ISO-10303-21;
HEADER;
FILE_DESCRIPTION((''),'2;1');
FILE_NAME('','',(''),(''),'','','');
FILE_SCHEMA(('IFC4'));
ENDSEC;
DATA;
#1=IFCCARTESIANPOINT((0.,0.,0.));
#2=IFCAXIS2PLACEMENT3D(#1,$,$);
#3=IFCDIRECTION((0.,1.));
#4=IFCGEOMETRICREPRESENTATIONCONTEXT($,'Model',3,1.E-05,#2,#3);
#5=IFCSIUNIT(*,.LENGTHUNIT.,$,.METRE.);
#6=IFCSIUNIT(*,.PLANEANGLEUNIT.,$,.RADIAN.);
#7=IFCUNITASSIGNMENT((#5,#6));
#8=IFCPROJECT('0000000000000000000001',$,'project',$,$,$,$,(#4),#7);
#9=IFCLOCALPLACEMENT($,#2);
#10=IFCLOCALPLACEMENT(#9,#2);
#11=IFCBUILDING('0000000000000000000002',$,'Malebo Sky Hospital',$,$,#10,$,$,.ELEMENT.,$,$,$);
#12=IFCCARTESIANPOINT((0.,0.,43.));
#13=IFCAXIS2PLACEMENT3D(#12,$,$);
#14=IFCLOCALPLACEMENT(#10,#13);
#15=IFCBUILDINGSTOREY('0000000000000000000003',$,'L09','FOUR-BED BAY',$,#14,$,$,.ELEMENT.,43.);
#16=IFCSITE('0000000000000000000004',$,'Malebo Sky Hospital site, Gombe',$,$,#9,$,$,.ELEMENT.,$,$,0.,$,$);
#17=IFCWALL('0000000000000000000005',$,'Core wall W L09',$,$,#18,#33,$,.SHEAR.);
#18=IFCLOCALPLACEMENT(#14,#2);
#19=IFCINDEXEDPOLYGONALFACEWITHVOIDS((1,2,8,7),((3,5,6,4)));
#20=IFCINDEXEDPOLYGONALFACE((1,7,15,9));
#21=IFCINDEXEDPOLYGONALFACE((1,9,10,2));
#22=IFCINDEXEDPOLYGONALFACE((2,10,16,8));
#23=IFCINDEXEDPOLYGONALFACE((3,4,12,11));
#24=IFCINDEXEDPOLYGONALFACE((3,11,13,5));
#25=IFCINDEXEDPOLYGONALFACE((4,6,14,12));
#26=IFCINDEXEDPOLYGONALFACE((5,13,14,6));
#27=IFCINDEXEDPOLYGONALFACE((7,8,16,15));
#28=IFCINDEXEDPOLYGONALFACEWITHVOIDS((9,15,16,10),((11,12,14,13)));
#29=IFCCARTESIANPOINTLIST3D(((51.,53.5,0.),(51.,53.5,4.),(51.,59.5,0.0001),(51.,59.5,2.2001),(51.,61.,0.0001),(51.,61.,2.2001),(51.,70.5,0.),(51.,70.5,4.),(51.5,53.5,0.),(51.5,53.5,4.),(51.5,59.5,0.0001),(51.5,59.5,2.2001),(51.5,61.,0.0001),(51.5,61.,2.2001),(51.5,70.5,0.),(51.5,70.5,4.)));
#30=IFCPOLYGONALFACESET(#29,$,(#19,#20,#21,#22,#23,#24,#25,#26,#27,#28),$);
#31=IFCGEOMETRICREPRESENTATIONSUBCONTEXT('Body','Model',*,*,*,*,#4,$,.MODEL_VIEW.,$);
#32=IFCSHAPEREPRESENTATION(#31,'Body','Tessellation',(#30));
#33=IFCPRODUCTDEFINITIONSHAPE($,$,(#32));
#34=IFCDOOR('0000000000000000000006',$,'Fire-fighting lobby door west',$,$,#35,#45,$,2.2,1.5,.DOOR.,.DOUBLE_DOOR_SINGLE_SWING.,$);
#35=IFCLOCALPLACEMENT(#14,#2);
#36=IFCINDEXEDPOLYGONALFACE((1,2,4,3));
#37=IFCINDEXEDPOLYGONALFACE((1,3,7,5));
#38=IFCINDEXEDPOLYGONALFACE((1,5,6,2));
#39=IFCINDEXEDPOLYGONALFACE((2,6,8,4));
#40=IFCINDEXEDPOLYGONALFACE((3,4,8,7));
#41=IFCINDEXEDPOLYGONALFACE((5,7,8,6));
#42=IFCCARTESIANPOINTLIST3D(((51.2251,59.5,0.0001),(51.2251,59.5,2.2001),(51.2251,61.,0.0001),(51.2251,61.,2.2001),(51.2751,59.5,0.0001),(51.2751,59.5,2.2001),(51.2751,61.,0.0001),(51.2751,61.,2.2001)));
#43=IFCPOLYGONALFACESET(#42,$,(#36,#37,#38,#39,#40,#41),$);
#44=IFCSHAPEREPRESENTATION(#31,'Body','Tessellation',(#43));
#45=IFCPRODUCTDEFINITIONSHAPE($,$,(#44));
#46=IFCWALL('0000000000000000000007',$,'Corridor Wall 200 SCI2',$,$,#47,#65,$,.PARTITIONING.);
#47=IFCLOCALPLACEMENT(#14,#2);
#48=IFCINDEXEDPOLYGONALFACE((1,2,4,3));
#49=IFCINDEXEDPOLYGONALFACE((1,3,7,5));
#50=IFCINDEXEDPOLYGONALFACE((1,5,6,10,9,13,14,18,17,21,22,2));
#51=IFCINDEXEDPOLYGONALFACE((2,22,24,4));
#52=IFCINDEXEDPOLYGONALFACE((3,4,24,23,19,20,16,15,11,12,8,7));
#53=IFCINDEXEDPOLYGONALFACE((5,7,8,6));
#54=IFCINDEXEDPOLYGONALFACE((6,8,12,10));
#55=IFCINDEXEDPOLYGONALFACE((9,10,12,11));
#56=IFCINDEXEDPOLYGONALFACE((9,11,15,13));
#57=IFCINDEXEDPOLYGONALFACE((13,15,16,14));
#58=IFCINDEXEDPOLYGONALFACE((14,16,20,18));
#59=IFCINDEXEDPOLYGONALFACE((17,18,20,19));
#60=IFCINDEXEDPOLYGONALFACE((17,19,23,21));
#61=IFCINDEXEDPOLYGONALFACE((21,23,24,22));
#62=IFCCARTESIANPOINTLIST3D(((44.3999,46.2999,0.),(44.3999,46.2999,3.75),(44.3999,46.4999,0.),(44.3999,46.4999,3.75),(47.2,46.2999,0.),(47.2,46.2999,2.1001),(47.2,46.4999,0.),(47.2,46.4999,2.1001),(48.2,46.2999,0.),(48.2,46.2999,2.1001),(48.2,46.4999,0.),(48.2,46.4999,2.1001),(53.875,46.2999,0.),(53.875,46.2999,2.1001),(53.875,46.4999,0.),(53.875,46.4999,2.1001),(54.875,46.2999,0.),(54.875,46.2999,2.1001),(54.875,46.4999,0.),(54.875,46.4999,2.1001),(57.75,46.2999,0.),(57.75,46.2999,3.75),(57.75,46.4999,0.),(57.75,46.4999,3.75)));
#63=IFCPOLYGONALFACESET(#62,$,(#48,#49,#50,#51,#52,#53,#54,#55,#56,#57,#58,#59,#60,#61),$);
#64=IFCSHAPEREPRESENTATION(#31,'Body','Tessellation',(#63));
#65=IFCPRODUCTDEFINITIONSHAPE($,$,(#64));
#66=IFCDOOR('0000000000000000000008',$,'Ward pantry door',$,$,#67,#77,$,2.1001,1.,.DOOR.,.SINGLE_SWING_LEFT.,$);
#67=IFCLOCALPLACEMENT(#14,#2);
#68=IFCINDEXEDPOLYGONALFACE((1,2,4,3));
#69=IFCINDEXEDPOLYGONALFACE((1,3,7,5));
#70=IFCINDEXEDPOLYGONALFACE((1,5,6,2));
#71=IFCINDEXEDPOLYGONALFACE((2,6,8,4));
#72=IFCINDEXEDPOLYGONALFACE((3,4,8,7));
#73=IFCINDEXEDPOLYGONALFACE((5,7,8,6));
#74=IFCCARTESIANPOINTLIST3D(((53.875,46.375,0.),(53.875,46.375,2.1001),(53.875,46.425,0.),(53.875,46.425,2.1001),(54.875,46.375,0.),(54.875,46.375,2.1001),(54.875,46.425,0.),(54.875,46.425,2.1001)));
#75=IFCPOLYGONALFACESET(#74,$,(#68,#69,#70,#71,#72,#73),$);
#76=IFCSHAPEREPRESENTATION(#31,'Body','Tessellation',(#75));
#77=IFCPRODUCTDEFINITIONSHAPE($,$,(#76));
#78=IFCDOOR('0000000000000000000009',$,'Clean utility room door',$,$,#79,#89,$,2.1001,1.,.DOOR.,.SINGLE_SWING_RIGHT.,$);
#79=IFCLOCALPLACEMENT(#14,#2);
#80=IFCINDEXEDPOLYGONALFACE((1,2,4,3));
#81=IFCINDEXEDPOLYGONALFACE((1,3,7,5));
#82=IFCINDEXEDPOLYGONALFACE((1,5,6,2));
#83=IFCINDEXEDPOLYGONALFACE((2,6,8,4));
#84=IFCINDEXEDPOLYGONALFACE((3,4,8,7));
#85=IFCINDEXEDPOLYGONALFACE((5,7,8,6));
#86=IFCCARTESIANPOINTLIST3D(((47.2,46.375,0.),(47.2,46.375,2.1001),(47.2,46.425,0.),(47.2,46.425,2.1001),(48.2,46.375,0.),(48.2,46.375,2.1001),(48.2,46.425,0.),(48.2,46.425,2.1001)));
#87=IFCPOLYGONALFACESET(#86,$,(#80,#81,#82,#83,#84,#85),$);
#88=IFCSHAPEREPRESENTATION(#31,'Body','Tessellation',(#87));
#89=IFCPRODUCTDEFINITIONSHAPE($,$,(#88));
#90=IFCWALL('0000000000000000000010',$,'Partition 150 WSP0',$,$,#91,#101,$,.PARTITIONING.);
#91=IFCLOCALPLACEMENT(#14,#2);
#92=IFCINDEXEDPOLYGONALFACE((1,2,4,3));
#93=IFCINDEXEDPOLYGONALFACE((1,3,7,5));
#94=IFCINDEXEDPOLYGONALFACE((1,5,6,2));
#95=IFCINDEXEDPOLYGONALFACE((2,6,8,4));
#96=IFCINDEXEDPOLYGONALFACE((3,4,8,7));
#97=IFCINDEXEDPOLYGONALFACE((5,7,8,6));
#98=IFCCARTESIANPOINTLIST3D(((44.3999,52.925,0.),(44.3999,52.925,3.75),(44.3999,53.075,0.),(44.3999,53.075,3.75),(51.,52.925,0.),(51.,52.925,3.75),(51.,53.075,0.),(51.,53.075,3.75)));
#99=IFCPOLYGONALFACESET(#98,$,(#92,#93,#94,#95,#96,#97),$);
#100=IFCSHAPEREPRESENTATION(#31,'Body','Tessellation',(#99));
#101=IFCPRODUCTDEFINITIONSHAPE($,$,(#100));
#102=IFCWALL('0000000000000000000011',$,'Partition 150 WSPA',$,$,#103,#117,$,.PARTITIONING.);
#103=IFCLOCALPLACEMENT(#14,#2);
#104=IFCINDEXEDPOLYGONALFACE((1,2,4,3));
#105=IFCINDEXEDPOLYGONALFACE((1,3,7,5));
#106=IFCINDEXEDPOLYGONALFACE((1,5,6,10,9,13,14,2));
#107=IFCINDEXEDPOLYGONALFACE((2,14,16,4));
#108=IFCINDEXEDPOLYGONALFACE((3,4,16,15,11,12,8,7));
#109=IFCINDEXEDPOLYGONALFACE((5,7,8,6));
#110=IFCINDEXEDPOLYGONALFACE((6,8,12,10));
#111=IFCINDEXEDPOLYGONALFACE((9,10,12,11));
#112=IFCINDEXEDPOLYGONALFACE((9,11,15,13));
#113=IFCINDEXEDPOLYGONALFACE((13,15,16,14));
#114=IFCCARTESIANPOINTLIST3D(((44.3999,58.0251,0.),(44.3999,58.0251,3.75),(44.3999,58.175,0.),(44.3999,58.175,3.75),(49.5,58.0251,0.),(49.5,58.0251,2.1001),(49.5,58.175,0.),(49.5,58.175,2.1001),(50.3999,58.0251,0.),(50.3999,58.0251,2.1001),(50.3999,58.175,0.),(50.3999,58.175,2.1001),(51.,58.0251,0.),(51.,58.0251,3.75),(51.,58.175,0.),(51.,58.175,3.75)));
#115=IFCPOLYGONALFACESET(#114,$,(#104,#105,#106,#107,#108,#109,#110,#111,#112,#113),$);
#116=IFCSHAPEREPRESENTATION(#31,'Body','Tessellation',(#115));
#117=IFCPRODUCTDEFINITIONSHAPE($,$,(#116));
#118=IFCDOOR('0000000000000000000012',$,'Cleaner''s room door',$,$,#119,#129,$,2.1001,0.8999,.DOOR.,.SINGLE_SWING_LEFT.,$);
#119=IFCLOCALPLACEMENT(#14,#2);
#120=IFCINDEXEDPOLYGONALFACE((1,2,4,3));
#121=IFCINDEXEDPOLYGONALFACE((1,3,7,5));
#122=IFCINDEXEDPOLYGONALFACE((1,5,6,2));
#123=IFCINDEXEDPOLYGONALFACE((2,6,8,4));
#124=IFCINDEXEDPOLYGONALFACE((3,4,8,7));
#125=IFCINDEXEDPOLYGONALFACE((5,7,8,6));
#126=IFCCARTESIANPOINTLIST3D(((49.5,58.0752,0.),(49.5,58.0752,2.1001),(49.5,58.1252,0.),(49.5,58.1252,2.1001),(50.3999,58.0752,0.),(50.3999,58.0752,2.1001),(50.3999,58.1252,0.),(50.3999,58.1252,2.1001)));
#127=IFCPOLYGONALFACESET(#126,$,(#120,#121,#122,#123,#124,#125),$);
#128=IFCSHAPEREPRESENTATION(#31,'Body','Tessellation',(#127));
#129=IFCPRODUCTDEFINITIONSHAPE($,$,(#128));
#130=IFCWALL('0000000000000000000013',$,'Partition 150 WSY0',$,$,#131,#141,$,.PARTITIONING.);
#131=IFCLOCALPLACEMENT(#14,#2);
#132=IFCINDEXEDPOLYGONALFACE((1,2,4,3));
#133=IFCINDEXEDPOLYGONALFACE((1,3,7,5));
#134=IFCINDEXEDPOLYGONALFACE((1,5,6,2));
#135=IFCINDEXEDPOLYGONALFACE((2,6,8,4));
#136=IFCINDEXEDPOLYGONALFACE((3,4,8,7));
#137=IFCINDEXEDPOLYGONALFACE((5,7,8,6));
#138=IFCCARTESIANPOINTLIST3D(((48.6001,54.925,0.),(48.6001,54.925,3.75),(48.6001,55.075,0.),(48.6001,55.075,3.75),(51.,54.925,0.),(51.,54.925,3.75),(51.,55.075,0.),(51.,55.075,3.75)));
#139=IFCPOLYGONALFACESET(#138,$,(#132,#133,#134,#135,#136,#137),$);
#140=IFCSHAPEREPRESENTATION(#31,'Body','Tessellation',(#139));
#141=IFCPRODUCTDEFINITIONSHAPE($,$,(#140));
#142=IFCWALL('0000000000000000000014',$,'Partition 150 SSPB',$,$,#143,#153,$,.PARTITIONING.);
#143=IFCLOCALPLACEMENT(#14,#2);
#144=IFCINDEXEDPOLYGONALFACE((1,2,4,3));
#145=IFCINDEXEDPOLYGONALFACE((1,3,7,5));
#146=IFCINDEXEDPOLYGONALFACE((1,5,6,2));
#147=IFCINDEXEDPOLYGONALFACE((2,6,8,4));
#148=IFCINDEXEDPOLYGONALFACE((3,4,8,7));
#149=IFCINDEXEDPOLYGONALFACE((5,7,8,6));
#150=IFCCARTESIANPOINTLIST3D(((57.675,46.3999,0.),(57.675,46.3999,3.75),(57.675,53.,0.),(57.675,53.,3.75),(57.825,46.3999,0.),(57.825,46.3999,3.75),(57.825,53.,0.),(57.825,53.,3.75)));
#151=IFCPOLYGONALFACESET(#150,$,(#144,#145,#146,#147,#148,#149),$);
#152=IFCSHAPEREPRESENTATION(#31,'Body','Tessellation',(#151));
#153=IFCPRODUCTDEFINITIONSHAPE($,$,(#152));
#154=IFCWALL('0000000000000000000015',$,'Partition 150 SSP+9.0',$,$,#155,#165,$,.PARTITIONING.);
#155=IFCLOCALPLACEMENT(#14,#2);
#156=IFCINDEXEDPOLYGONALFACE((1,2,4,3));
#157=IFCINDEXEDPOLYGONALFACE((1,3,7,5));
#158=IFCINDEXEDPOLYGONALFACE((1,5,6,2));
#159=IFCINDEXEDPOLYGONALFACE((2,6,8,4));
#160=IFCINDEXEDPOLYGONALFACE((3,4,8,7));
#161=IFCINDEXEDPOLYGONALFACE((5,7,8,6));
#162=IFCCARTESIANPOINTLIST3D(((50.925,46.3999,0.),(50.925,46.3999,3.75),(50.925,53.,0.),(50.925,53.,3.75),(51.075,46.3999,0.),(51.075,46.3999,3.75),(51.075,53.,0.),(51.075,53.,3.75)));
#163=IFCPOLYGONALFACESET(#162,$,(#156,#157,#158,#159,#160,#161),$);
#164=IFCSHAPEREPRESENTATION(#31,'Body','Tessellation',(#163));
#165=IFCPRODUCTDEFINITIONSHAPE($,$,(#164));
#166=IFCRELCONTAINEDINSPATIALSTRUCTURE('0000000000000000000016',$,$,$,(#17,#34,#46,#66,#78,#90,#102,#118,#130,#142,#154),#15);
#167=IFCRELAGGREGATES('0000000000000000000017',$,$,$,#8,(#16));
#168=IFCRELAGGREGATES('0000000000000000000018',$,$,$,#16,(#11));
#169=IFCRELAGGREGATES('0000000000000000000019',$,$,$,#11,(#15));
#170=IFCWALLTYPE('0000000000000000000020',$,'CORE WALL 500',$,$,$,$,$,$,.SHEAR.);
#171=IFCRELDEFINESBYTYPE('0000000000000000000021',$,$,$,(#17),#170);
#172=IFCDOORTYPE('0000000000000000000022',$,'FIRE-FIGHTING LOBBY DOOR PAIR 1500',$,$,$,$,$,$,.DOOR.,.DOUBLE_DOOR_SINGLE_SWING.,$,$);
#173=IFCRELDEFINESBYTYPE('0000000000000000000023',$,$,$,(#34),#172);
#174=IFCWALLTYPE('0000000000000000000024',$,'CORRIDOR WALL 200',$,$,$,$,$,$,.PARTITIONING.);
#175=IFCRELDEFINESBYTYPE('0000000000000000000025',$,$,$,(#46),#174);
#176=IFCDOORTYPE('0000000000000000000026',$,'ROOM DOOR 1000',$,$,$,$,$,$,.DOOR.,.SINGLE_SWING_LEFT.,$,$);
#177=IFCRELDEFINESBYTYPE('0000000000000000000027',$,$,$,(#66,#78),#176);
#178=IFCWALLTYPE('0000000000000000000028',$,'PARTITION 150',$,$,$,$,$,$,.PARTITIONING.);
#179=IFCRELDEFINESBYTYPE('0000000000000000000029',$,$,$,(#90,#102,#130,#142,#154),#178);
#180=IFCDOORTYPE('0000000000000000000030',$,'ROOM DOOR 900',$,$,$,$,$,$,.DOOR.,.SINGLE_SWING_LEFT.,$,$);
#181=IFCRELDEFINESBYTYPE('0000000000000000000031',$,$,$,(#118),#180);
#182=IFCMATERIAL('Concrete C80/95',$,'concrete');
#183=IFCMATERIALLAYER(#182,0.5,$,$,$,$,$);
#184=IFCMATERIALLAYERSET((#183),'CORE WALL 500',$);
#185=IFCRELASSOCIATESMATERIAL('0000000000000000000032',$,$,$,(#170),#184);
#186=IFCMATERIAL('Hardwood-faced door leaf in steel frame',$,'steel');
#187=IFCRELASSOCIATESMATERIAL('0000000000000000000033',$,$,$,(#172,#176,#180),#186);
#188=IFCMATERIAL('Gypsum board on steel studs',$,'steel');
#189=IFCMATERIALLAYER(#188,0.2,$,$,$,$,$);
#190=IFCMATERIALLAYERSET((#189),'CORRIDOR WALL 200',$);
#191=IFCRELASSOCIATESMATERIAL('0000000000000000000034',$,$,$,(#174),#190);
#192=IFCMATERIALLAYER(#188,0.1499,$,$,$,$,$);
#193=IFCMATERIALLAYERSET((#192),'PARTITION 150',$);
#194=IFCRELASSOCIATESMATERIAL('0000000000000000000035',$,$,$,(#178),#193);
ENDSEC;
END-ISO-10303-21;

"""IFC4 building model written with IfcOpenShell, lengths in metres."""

from ifc_helpers import new_model, si_unit, direction, frame, frame_2d, origin, place, context, subcontext, project, spatial, rectangle, extrude, material, layer, layer_set, type_object, element, fill, save


model = new_model("IFC4")

# Units and contexts
model_context = context("Model", 3, precision=1e-05, world=origin(), true_north=direction((0.0, 1.0)))
body_context = subcontext(model_context, "Body", "Model", "MODEL_VIEW")
ifc_project = project(units=[si_unit("LENGTHUNIT", "METRE"), si_unit("PLANEANGLEUNIT", "RADIAN")], contexts=[model_context])

# Site, building, storey
site_placement = place(None, origin())
site = spatial("IfcSite", under=ifc_project, at=site_placement, Name="Malebo Sky Hospital site, Gombe", CompositionType="ELEMENT", RefElevation=0.0)
building_placement = place(site_placement, origin())
building = spatial("IfcBuilding", under=site, at=building_placement, Name="Malebo Sky Hospital", CompositionType="ELEMENT")
storey_placement = place(building_placement, frame((0.0, 0.0, 43.0)))
storey = spatial("IfcBuildingStorey", under=building, at=storey_placement, Name="L09", Description="FOUR-BED BAY", CompositionType="ELEMENT", Elevation=43.0)

# Shared definitions
ifc_material_1 = material(Name="Concrete C80/95", Category="concrete")

# Wall, opening, door
ifc_layer_1 = layer(ifc_material_1, 0.5)
ifc_layer_set_1 = layer_set([ifc_layer_1], Name="CORE WALL 500")
wall_type_1 = type_object("IfcWallType", Name="CORE WALL 500", PredefinedType="SHEAR", material=ifc_layer_set_1)
ifc_material_2 = material(Name="Hardwood-faced door leaf in steel frame", Category="steel")
wall_1_placement = place(storey_placement, frame((51.25, 53.5, 0.0), z_axis=(0.0, 0.0, 1.0), x_axis=(0.0, 1.0, 0.0)))
wall_1 = element("IfcWall", 1, at=wall_1_placement, inside=storey, type_object=wall_type_1, Name="Core wall W L09", PredefinedType="SHEAR", context=body_context, shape_type="SweptSolid", body=[
    extrude(rectangle(XDim=17.0, YDim=0.5, at=frame_2d((8.5, 0.0))), origin(), (0.0, 0.0, 1.0), 4.0),
])
opening_1_placement = place(wall_1_placement, frame((6.0, 0.0, 0.0)))
opening_1 = element("IfcOpeningElement", 2, at=opening_1_placement, cuts=wall_1, PredefinedType="OPENING", context=body_context, shape_type="SweptSolid", body=[
    extrude(rectangle(XDim=1.5, YDim=2.2, at=frame_2d((0.75, 1.1001))), frame((0.0, 0.26, 0.0), z_axis=(0.0, -1.0, 0.0), x_axis=(1.0, 0.0, 0.0)), (0.0, 0.0, 1.0), 0.52),
])
door_type_1 = type_object("IfcDoorType", Name="FIRE-FIGHTING LOBBY DOOR PAIR 1500", OperationType="DOUBLE_DOOR_SINGLE_SWING", PredefinedType="DOOR", material=ifc_material_2)
door_1_placement = place(opening_1_placement, origin())
door_1 = element("IfcDoor", 3, at=door_1_placement, inside=storey, type_object=door_type_1, Name="Fire-fighting lobby door west", OperationType="DOUBLE_DOOR_SINGLE_SWING", OverallHeight=2.2, OverallWidth=1.5, PredefinedType="DOOR", context=body_context, shape_type="SweptSolid", body=[
    extrude(rectangle(XDim=1.5, YDim=2.2, at=frame_2d((0.75, 1.1001))), frame((0.0, 0.0249, 0.0), z_axis=(0.0, -1.0, 0.0), x_axis=(1.0, 0.0, 0.0)), (0.0, 0.0, 1.0), 0.05),
])
fill(opening_1, door_1)

# Wall, openings, doors
ifc_material_3 = material(Name="Gypsum board on steel studs", Category="steel")
ifc_layer_2 = layer(ifc_material_3, 0.2)
ifc_layer_set_2 = layer_set([ifc_layer_2], Name="CORRIDOR WALL 200")
wall_type_2 = type_object("IfcWallType", Name="CORRIDOR WALL 200", PredefinedType="PARTITIONING", material=ifc_layer_set_2)
wall_2_placement = place(storey_placement, frame((57.75, 46.3999, 0.0), z_axis=(0.0, 0.0, 1.0), x_axis=(-1.0, 0.0, 0.0)))
wall_2 = element("IfcWall", 4, at=wall_2_placement, inside=storey, type_object=wall_type_2, Name="Corridor Wall 200 SCI2", PredefinedType="PARTITIONING", context=body_context, shape_type="SweptSolid", body=[
    extrude(rectangle(XDim=13.3501, YDim=0.2, at=frame_2d((6.675, 0.0))), origin(), (0.0, 0.0, 1.0), 3.75),
])
opening_2_placement = place(wall_2_placement, frame((2.875, 0.0, 0.0)))
opening_2 = element("IfcOpeningElement", 5, at=opening_2_placement, cuts=wall_2, PredefinedType="OPENING", context=body_context, shape_type="SweptSolid", body=[
    extrude(rectangle(XDim=1.0, YDim=2.1001, at=frame_2d((0.5, 1.05))), frame((0.0, 0.1099, 0.0), z_axis=(0.0, -1.0, 0.0), x_axis=(1.0, 0.0, 0.0)), (0.0, 0.0, 1.0), 0.22),
])
opening_3_placement = place(wall_2_placement, frame((9.55, 0.0, 0.0)))
opening_3 = element("IfcOpeningElement", 6, at=opening_3_placement, cuts=wall_2, PredefinedType="OPENING", context=body_context, shape_type="SweptSolid", body=[
    extrude(rectangle(XDim=1.0, YDim=2.1001, at=frame_2d((0.5, 1.05))), frame((0.0, 0.1099, 0.0), z_axis=(0.0, -1.0, 0.0), x_axis=(1.0, 0.0, 0.0)), (0.0, 0.0, 1.0), 0.22),
])
door_type_2 = type_object("IfcDoorType", Name="ROOM DOOR 1000", OperationType="SINGLE_SWING_LEFT", PredefinedType="DOOR", material=ifc_material_2)
door_2_placement = place(opening_2_placement, origin())
door_2 = element("IfcDoor", 7, at=door_2_placement, inside=storey, type_object=door_type_2, Name="Ward pantry door", OperationType="SINGLE_SWING_LEFT", OverallHeight=2.1001, OverallWidth=1.0, PredefinedType="DOOR", context=body_context, shape_type="SweptSolid", body=[
    extrude(rectangle(XDim=1.0, YDim=2.1001, at=frame_2d((0.5, 1.05))), frame((0.0, 0.0249, 0.0), z_axis=(0.0, -1.0, 0.0), x_axis=(1.0, 0.0, 0.0)), (0.0, 0.0, 1.0), 0.05),
])
fill(opening_2, door_2)
door_3_placement = place(opening_3_placement, origin())
door_3 = element("IfcDoor", 8, at=door_3_placement, inside=storey, type_object=door_type_2, Name="Clean utility room door", OperationType="SINGLE_SWING_RIGHT", OverallHeight=2.1001, OverallWidth=1.0, PredefinedType="DOOR", context=body_context, shape_type="SweptSolid", body=[
    extrude(rectangle(XDim=1.0, YDim=2.1001, at=frame_2d((0.5, 1.05))), frame((0.0, 0.0249, 0.0), z_axis=(0.0, -1.0, 0.0), x_axis=(1.0, 0.0, 0.0)), (0.0, 0.0, 1.0), 0.05),
])
fill(opening_3, door_3)

# Wall
ifc_layer_3 = layer(ifc_material_3, 0.1499)
ifc_layer_set_3 = layer_set([ifc_layer_3], Name="PARTITION 150")
wall_type_3 = type_object("IfcWallType", Name="PARTITION 150", PredefinedType="PARTITIONING", material=ifc_layer_set_3)
wall_3_placement = place(storey_placement, frame((51.0, 53.0, 0.0), z_axis=(0.0, 0.0, 1.0), x_axis=(-1.0, 0.0, 0.0)))
element("IfcWall", 9, at=wall_3_placement, inside=storey, type_object=wall_type_3, Name="Partition 150 WSP0", PredefinedType="PARTITIONING", context=body_context, shape_type="SweptSolid", body=[
    extrude(rectangle(XDim=6.6001, YDim=0.1499, at=frame_2d((3.3, 0.0))), origin(), (0.0, 0.0, 1.0), 3.75),
])

# Wall, opening, door
wall_4_placement = place(storey_placement, frame((51.0, 58.1001, 0.0), z_axis=(0.0, 0.0, 1.0), x_axis=(-1.0, 0.0, 0.0)))
wall_4 = element("IfcWall", 10, at=wall_4_placement, inside=storey, type_object=wall_type_3, Name="Partition 150 WSPA", PredefinedType="PARTITIONING", context=body_context, shape_type="SweptSolid", body=[
    extrude(rectangle(XDim=6.6001, YDim=0.1499, at=frame_2d((3.3, 0.0))), origin(), (0.0, 0.0, 1.0), 3.75),
])
opening_4_placement = place(wall_4_placement, frame((0.6001, 0.0, 0.0)))
opening_4 = element("IfcOpeningElement", 11, at=opening_4_placement, cuts=wall_4, PredefinedType="OPENING", context=body_context, shape_type="SweptSolid", body=[
    extrude(rectangle(XDim=0.8999, YDim=2.1001, at=frame_2d((0.45, 1.05))), frame((0.0, 0.085, 0.0), z_axis=(0.0, -1.0, 0.0), x_axis=(1.0, 0.0, 0.0)), (0.0, 0.0, 1.0), 0.1699),
])
door_type_3 = type_object("IfcDoorType", Name="ROOM DOOR 900", OperationType="SINGLE_SWING_LEFT", PredefinedType="DOOR", material=ifc_material_2)
door_4_placement = place(opening_4_placement, origin())
door_4 = element("IfcDoor", 12, at=door_4_placement, inside=storey, type_object=door_type_3, Name="Cleaner's room door", OperationType="SINGLE_SWING_LEFT", OverallHeight=2.1001, OverallWidth=0.8999, PredefinedType="DOOR", context=body_context, shape_type="SweptSolid", body=[
    extrude(rectangle(XDim=0.8999, YDim=2.1001, at=frame_2d((0.45, 1.05))), frame((0.0, 0.0249, 0.0), z_axis=(0.0, -1.0, 0.0), x_axis=(1.0, 0.0, 0.0)), (0.0, 0.0, 1.0), 0.05),
])
fill(opening_4, door_4)

# Walls
wall_5_placement = place(storey_placement, frame((51.0, 55.0, 0.0), z_axis=(0.0, 0.0, 1.0), x_axis=(-1.0, 0.0, 0.0)))
element("IfcWall", 13, at=wall_5_placement, inside=storey, type_object=wall_type_3, Name="Partition 150 WSY0", PredefinedType="PARTITIONING", context=body_context, shape_type="SweptSolid", body=[
    extrude(rectangle(XDim=2.3999, YDim=0.1499, at=frame_2d((1.2, 0.0))), origin(), (0.0, 0.0, 1.0), 3.75),
])
for number, where, z_axis, x_axis, name in (
    (14, (57.75, 53.0, 0.0), (0.0, 0.0, 1.0), (0.0, -1.0, 0.0), "Partition 150 SSPB"),
    (15, (51.0, 53.0, 0.0), (0.0, 0.0, 1.0), (0.0, -1.0, 0.0), "Partition 150 SSP+9.0"),
):
    element("IfcWall", number, at=place(storey_placement, frame(where, z_axis=z_axis, x_axis=x_axis)), inside=storey, type_object=wall_type_3, Name=name, PredefinedType="PARTITIONING", context=body_context, shape_type="SweptSolid", body=[
        extrude(rectangle(XDim=6.6001, YDim=0.1499, at=frame_2d((3.3, 0.0))), origin(), (0.0, 0.0, 1.0), 3.75),
    ])

save(model, "model.ifc")
